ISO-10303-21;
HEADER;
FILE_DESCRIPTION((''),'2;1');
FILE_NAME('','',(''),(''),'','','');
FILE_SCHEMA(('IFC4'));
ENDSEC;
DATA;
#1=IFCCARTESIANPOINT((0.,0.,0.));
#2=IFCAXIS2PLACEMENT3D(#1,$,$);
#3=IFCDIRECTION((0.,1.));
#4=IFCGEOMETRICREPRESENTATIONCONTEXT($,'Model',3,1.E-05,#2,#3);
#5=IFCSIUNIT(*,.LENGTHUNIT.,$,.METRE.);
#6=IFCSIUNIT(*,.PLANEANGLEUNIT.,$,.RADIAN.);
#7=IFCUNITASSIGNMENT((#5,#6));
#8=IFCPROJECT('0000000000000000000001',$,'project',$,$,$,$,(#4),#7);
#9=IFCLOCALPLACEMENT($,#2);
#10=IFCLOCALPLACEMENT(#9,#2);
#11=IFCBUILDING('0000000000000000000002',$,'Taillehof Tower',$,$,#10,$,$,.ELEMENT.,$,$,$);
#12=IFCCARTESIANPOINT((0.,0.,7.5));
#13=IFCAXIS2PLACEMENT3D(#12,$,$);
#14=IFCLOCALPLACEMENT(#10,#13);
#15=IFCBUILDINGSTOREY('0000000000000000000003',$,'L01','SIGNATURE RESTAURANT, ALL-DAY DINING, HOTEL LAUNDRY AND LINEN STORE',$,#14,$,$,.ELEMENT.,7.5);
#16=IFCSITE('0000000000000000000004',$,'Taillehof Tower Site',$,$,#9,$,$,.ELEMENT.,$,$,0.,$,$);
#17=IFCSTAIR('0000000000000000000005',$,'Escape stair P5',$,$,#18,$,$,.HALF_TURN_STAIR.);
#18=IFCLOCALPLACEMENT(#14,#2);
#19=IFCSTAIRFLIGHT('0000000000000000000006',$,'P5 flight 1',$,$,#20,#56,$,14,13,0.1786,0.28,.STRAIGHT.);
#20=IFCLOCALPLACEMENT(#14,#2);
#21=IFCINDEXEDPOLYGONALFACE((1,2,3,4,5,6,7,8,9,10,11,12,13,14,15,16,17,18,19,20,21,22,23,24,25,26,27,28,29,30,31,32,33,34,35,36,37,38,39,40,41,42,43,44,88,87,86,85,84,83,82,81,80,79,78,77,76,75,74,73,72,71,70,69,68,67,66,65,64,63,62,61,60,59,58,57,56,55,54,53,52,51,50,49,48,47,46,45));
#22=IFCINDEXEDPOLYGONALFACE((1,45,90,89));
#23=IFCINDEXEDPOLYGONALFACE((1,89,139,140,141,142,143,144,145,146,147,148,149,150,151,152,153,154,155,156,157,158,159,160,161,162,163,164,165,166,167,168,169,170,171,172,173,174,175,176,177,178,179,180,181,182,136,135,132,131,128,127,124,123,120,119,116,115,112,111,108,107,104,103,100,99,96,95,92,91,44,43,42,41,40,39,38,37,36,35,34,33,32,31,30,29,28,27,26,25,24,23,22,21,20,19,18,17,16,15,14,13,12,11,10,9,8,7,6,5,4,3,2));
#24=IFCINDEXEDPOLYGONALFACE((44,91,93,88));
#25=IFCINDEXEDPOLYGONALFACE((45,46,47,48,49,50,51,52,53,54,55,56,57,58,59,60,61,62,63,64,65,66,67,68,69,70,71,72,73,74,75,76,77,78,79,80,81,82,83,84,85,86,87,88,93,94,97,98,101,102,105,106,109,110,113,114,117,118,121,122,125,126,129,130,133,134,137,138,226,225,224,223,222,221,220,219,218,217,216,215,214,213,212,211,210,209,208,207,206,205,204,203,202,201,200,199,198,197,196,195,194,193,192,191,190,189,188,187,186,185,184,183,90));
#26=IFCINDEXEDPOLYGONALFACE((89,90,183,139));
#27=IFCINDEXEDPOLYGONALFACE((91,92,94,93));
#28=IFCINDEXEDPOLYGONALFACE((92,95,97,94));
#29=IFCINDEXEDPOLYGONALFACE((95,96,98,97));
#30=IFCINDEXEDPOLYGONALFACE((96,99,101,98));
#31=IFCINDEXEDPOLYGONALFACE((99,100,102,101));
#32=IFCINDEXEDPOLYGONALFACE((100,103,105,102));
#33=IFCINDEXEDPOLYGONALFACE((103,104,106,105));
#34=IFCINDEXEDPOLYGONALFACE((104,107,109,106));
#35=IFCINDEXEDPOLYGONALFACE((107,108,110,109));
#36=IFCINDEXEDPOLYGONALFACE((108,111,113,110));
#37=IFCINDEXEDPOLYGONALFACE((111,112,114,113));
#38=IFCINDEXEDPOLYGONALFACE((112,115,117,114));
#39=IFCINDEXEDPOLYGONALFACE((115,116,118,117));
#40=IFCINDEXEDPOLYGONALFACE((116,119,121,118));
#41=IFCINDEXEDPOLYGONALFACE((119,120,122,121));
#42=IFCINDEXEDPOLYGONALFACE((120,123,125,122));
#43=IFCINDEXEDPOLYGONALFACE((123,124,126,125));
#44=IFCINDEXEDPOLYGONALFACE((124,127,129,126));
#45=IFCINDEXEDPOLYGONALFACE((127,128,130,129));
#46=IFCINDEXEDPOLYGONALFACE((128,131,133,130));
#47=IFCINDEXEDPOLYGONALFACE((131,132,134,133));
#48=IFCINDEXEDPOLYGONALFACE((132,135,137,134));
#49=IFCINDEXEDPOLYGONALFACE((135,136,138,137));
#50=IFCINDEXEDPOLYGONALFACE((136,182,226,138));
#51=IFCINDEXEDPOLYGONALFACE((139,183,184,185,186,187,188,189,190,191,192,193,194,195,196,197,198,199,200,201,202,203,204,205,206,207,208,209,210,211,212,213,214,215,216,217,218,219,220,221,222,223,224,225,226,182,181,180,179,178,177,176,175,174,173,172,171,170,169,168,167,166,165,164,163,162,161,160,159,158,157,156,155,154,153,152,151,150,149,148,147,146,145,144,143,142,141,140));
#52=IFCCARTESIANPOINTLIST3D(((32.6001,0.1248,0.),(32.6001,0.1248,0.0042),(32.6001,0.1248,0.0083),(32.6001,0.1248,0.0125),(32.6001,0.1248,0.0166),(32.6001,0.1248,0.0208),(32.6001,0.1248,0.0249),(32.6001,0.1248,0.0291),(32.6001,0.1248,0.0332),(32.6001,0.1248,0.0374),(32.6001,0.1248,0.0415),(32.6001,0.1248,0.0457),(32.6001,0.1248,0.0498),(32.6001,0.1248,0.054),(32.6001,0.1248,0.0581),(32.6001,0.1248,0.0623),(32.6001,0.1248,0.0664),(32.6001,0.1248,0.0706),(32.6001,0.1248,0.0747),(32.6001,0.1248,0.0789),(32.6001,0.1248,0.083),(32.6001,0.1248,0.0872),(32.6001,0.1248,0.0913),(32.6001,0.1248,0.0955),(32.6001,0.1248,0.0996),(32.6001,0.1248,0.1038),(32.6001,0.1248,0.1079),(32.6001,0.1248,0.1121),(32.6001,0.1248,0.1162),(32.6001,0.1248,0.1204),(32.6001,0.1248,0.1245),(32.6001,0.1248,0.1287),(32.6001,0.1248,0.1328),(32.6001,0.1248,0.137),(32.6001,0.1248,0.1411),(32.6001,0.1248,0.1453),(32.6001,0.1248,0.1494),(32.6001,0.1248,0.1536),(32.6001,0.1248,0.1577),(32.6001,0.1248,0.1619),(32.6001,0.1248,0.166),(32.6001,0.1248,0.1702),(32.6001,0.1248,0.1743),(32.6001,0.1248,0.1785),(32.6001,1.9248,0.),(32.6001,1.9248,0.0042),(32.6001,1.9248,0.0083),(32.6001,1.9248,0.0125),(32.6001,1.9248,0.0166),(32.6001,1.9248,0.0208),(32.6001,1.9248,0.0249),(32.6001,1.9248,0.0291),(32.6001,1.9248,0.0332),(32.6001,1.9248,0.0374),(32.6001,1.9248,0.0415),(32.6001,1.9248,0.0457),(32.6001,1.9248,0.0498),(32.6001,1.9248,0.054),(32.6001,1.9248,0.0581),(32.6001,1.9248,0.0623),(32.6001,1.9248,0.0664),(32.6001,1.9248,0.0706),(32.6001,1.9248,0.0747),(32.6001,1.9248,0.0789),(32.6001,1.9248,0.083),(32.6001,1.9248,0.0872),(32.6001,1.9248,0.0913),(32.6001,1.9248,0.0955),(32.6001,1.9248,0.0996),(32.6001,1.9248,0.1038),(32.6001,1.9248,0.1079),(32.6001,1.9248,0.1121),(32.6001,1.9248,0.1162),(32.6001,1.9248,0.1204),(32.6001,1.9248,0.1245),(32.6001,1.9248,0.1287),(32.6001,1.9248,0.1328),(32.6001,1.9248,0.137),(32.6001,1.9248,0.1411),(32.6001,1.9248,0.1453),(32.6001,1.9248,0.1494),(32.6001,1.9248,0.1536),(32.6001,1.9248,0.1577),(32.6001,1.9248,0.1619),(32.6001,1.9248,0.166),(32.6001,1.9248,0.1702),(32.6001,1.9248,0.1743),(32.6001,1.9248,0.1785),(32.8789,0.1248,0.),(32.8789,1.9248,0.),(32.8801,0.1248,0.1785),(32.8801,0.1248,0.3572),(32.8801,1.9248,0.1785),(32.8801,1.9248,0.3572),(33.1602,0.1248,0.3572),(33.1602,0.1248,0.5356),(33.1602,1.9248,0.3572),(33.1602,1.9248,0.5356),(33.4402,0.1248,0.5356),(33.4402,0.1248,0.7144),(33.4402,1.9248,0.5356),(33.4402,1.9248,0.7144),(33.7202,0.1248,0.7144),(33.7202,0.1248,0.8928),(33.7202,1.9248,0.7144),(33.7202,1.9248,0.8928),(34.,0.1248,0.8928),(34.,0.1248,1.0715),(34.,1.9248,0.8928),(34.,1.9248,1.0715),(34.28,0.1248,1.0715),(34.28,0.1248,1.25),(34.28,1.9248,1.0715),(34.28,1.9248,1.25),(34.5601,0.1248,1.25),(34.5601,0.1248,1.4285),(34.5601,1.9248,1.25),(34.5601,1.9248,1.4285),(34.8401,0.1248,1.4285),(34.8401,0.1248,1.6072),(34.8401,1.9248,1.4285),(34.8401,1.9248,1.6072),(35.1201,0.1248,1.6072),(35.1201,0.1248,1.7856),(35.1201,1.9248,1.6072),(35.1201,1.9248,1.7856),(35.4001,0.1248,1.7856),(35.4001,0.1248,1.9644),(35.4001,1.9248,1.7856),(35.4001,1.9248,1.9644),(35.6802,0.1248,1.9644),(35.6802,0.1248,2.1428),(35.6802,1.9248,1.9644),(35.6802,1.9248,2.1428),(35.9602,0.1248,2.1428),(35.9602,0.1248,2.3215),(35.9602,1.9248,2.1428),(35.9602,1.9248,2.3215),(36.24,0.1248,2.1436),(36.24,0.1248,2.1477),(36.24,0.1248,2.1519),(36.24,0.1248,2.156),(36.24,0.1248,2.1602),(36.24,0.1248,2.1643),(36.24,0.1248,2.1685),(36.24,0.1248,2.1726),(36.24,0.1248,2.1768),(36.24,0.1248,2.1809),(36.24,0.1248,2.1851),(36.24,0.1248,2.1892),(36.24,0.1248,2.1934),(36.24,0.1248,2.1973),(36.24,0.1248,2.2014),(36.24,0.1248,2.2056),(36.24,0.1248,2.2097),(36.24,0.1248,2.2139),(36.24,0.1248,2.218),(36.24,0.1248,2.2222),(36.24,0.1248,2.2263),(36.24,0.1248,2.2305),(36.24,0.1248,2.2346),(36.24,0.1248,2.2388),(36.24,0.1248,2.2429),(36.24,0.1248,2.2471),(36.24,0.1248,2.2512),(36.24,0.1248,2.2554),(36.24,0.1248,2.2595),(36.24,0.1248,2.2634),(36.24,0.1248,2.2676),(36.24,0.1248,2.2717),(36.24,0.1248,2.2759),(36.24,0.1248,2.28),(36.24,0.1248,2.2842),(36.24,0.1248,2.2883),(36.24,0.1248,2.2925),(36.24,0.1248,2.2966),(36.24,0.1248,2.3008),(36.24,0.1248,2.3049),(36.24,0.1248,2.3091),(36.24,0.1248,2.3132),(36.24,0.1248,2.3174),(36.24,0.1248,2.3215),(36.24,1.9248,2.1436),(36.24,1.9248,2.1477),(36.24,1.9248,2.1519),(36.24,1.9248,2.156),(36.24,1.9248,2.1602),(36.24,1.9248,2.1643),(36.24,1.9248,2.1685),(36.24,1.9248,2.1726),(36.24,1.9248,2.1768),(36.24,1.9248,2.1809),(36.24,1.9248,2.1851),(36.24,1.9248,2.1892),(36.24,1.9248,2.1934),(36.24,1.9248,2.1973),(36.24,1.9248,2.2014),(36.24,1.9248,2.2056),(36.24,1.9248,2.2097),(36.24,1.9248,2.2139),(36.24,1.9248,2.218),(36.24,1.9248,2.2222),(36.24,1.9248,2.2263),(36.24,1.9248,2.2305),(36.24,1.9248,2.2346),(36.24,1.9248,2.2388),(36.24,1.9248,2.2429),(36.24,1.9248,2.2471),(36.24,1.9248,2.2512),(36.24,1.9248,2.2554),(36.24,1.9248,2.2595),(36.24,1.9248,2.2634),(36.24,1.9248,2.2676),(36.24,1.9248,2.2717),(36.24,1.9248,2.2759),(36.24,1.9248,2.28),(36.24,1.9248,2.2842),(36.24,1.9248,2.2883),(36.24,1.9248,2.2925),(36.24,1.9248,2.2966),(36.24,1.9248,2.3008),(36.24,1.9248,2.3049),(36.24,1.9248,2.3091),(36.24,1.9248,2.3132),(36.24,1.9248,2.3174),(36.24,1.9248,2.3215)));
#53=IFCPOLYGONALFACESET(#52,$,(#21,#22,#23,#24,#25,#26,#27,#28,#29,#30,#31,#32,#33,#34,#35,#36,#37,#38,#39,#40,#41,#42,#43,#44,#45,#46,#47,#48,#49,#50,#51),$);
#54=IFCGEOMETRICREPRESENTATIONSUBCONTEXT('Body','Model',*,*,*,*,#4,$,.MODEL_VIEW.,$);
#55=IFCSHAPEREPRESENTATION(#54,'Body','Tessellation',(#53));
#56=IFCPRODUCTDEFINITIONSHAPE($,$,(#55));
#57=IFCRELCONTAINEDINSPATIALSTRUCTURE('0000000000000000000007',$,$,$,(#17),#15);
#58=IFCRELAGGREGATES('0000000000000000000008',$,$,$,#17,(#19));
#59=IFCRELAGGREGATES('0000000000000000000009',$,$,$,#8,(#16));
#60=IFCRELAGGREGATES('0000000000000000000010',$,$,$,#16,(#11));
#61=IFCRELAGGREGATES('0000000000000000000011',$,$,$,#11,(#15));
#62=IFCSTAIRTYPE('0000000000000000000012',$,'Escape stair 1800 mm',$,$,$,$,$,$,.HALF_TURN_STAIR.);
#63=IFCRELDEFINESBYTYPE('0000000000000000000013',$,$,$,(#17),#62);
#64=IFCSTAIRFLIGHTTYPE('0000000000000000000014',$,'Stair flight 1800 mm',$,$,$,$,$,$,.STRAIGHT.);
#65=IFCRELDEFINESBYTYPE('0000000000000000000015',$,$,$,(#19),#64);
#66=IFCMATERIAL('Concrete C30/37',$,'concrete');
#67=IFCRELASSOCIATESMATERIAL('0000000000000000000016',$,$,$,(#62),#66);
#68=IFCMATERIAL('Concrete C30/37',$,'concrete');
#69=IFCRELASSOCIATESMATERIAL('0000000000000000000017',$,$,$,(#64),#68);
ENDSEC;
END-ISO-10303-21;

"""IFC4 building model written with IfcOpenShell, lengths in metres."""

from ifc_helpers import new_model, si_unit, direction, frame, origin, place, context, subcontext, project, spatial, polyline, outline, extrude, material, type_object, element, aggregate, save


model = new_model("IFC4")

# Units and contexts
model_context = context("Model", 3, precision=1e-05, world=origin(), true_north=direction((0.0, 1.0)))
body_context = subcontext(model_context, "Body", "Model", "MODEL_VIEW")
ifc_project = project(units=[si_unit("LENGTHUNIT", "METRE"), si_unit("PLANEANGLEUNIT", "RADIAN")], contexts=[model_context])

# Site, building, storey
site_placement = place(None, origin())
site = spatial("IfcSite", under=ifc_project, at=site_placement, Name="Taillehof Tower Site", CompositionType="ELEMENT", RefElevation=0.0)
building_placement = place(site_placement, origin())
building = spatial("IfcBuilding", under=site, at=building_placement, Name="Taillehof Tower", CompositionType="ELEMENT")
storey_placement = place(building_placement, frame((0.0, 0.0, 7.5)))
storey = spatial("IfcBuildingStorey", under=building, at=storey_placement, Name="L01", Description="SIGNATURE RESTAURANT, ALL-DAY DINING, HOTEL LAUNDRY AND LINEN STORE", CompositionType="ELEMENT", Elevation=7.5)

# Stair, stair flight
ifc_material_1 = material(Name="Concrete C30/37", Category="concrete")
stair_type = type_object("IfcStairType", Name="Escape stair 1800 mm", PredefinedType="HALF_TURN_STAIR", material=ifc_material_1)
stair_placement = place(storey_placement, origin())
stair = element("IfcStair", 1, at=stair_placement, inside=storey, type_object=stair_type, Name="Escape stair P5", PredefinedType="HALF_TURN_STAIR")
ifc_material_2 = material(Name="Concrete C30/37", Category="concrete")
stair_flight_type = type_object("IfcStairFlightType", Name="Stair flight 1800 mm", PredefinedType="STRAIGHT", material=ifc_material_2)
stair_flight_placement = place(storey_placement, frame((32.6001, 1.0249, 0.0), z_axis=(0.0, 0.0, 1.0), x_axis=(1.0, 0.0, 0.0)))
stair_flight = element("IfcStairFlight", 2, at=stair_flight_placement, type_object=stair_flight_type, Name="P5 flight 1", NumberOfRisers=14, NumberOfTreads=13, PredefinedType="STRAIGHT", RiserHeight=0.1786, TreadLength=0.28, context=body_context, shape_type="SweptSolid", body=[
    extrude(outline(polyline([(0.0, 0.0), (0.0, 0.0042), (0.0, 0.0083), (0.0, 0.0125), (0.0, 0.0166), (0.0, 0.0208), (0.0, 0.0249), (0.0, 0.0291), (0.0, 0.0332), (0.0, 0.0374), (0.0, 0.0415), (0.0, 0.0457), (0.0, 0.0498), (0.0, 0.054), (0.0, 0.0581), (0.0, 0.0623), (0.0, 0.0664), (0.0, 0.0706), (0.0, 0.0747), (0.0, 0.0789), (0.0, 0.083), (0.0, 0.0872), (0.0, 0.0913), (0.0, 0.0955), (0.0, 0.0996), (0.0, 0.1038), (0.0, 0.1079), (0.0, 0.1121), (0.0, 0.1162), (0.0, 0.1204), (0.0, 0.1245), (0.0, 0.1287), (0.0, 0.1328), (0.0, 0.137), (0.0, 0.1411), (0.0, 0.1453), (0.0, 0.1494), (0.0, 0.1536), (0.0, 0.1577), (0.0, 0.1619), (0.0, 0.166), (0.0, 0.1702), (0.0, 0.1743), (0.0, 0.1785), (0.28, 0.1785), (0.28, 0.3572), (0.5601, 0.3572), (0.5601, 0.5356), (0.8401, 0.5356), (0.8401, 0.7144), (1.1201, 0.7144), (1.1201, 0.8928), (1.3999, 0.8928), (1.3999, 1.0715), (1.6799, 1.0715), (1.6799, 1.25), (1.96, 1.25), (1.96, 1.4285), (2.24, 1.4285), (2.24, 1.6072), (2.52, 1.6072), (2.52, 1.7856), (2.8, 1.7856), (2.8, 1.9644), (3.0801, 1.9644), (3.0801, 2.1428), (3.3601, 2.1428), (3.3601, 2.3215), (3.6399, 2.3215), (3.6399, 2.3174), (3.6399, 2.3132), (3.6399, 2.3091), (3.6399, 2.3049), (3.6399, 2.3008), (3.6399, 2.2966), (3.6399, 2.2925), (3.6399, 2.2883), (3.6399, 2.2842), (3.6399, 2.28), (3.6399, 2.2759), (3.6399, 2.2717), (3.6399, 2.2676), (3.6399, 2.2634), (3.6399, 2.2595), (3.6399, 2.2554), (3.6399, 2.2512), (3.6399, 2.2471), (3.6399, 2.2429), (3.6399, 2.2388), (3.6399, 2.2346), (3.6399, 2.2305), (3.6399, 2.2263), (3.6399, 2.2222), (3.6399, 2.218), (3.6399, 2.2139), (3.6399, 2.2097), (3.6399, 2.2056), (3.6399, 2.2014), (3.6399, 2.1973), (3.6399, 2.1934), (3.6399, 2.1892), (3.6399, 2.1851), (3.6399, 2.1809), (3.6399, 2.1768), (3.6399, 2.1726), (3.6399, 2.1685), (3.6399, 2.1643), (3.6399, 2.1602), (3.6399, 2.156), (3.6399, 2.1519), (3.6399, 2.1477), (3.6399, 2.1436), (0.2788, 0.0), (0.0, 0.0)])), frame((0.0, 0.8999, 0.0), z_axis=(0.0, -1.0, 0.0), x_axis=(1.0, 0.0, 0.0)), (0.0, 0.0, 1.0), 1.8),
])
aggregate(stair, [stair_flight])

save(model, "model.ifc")
